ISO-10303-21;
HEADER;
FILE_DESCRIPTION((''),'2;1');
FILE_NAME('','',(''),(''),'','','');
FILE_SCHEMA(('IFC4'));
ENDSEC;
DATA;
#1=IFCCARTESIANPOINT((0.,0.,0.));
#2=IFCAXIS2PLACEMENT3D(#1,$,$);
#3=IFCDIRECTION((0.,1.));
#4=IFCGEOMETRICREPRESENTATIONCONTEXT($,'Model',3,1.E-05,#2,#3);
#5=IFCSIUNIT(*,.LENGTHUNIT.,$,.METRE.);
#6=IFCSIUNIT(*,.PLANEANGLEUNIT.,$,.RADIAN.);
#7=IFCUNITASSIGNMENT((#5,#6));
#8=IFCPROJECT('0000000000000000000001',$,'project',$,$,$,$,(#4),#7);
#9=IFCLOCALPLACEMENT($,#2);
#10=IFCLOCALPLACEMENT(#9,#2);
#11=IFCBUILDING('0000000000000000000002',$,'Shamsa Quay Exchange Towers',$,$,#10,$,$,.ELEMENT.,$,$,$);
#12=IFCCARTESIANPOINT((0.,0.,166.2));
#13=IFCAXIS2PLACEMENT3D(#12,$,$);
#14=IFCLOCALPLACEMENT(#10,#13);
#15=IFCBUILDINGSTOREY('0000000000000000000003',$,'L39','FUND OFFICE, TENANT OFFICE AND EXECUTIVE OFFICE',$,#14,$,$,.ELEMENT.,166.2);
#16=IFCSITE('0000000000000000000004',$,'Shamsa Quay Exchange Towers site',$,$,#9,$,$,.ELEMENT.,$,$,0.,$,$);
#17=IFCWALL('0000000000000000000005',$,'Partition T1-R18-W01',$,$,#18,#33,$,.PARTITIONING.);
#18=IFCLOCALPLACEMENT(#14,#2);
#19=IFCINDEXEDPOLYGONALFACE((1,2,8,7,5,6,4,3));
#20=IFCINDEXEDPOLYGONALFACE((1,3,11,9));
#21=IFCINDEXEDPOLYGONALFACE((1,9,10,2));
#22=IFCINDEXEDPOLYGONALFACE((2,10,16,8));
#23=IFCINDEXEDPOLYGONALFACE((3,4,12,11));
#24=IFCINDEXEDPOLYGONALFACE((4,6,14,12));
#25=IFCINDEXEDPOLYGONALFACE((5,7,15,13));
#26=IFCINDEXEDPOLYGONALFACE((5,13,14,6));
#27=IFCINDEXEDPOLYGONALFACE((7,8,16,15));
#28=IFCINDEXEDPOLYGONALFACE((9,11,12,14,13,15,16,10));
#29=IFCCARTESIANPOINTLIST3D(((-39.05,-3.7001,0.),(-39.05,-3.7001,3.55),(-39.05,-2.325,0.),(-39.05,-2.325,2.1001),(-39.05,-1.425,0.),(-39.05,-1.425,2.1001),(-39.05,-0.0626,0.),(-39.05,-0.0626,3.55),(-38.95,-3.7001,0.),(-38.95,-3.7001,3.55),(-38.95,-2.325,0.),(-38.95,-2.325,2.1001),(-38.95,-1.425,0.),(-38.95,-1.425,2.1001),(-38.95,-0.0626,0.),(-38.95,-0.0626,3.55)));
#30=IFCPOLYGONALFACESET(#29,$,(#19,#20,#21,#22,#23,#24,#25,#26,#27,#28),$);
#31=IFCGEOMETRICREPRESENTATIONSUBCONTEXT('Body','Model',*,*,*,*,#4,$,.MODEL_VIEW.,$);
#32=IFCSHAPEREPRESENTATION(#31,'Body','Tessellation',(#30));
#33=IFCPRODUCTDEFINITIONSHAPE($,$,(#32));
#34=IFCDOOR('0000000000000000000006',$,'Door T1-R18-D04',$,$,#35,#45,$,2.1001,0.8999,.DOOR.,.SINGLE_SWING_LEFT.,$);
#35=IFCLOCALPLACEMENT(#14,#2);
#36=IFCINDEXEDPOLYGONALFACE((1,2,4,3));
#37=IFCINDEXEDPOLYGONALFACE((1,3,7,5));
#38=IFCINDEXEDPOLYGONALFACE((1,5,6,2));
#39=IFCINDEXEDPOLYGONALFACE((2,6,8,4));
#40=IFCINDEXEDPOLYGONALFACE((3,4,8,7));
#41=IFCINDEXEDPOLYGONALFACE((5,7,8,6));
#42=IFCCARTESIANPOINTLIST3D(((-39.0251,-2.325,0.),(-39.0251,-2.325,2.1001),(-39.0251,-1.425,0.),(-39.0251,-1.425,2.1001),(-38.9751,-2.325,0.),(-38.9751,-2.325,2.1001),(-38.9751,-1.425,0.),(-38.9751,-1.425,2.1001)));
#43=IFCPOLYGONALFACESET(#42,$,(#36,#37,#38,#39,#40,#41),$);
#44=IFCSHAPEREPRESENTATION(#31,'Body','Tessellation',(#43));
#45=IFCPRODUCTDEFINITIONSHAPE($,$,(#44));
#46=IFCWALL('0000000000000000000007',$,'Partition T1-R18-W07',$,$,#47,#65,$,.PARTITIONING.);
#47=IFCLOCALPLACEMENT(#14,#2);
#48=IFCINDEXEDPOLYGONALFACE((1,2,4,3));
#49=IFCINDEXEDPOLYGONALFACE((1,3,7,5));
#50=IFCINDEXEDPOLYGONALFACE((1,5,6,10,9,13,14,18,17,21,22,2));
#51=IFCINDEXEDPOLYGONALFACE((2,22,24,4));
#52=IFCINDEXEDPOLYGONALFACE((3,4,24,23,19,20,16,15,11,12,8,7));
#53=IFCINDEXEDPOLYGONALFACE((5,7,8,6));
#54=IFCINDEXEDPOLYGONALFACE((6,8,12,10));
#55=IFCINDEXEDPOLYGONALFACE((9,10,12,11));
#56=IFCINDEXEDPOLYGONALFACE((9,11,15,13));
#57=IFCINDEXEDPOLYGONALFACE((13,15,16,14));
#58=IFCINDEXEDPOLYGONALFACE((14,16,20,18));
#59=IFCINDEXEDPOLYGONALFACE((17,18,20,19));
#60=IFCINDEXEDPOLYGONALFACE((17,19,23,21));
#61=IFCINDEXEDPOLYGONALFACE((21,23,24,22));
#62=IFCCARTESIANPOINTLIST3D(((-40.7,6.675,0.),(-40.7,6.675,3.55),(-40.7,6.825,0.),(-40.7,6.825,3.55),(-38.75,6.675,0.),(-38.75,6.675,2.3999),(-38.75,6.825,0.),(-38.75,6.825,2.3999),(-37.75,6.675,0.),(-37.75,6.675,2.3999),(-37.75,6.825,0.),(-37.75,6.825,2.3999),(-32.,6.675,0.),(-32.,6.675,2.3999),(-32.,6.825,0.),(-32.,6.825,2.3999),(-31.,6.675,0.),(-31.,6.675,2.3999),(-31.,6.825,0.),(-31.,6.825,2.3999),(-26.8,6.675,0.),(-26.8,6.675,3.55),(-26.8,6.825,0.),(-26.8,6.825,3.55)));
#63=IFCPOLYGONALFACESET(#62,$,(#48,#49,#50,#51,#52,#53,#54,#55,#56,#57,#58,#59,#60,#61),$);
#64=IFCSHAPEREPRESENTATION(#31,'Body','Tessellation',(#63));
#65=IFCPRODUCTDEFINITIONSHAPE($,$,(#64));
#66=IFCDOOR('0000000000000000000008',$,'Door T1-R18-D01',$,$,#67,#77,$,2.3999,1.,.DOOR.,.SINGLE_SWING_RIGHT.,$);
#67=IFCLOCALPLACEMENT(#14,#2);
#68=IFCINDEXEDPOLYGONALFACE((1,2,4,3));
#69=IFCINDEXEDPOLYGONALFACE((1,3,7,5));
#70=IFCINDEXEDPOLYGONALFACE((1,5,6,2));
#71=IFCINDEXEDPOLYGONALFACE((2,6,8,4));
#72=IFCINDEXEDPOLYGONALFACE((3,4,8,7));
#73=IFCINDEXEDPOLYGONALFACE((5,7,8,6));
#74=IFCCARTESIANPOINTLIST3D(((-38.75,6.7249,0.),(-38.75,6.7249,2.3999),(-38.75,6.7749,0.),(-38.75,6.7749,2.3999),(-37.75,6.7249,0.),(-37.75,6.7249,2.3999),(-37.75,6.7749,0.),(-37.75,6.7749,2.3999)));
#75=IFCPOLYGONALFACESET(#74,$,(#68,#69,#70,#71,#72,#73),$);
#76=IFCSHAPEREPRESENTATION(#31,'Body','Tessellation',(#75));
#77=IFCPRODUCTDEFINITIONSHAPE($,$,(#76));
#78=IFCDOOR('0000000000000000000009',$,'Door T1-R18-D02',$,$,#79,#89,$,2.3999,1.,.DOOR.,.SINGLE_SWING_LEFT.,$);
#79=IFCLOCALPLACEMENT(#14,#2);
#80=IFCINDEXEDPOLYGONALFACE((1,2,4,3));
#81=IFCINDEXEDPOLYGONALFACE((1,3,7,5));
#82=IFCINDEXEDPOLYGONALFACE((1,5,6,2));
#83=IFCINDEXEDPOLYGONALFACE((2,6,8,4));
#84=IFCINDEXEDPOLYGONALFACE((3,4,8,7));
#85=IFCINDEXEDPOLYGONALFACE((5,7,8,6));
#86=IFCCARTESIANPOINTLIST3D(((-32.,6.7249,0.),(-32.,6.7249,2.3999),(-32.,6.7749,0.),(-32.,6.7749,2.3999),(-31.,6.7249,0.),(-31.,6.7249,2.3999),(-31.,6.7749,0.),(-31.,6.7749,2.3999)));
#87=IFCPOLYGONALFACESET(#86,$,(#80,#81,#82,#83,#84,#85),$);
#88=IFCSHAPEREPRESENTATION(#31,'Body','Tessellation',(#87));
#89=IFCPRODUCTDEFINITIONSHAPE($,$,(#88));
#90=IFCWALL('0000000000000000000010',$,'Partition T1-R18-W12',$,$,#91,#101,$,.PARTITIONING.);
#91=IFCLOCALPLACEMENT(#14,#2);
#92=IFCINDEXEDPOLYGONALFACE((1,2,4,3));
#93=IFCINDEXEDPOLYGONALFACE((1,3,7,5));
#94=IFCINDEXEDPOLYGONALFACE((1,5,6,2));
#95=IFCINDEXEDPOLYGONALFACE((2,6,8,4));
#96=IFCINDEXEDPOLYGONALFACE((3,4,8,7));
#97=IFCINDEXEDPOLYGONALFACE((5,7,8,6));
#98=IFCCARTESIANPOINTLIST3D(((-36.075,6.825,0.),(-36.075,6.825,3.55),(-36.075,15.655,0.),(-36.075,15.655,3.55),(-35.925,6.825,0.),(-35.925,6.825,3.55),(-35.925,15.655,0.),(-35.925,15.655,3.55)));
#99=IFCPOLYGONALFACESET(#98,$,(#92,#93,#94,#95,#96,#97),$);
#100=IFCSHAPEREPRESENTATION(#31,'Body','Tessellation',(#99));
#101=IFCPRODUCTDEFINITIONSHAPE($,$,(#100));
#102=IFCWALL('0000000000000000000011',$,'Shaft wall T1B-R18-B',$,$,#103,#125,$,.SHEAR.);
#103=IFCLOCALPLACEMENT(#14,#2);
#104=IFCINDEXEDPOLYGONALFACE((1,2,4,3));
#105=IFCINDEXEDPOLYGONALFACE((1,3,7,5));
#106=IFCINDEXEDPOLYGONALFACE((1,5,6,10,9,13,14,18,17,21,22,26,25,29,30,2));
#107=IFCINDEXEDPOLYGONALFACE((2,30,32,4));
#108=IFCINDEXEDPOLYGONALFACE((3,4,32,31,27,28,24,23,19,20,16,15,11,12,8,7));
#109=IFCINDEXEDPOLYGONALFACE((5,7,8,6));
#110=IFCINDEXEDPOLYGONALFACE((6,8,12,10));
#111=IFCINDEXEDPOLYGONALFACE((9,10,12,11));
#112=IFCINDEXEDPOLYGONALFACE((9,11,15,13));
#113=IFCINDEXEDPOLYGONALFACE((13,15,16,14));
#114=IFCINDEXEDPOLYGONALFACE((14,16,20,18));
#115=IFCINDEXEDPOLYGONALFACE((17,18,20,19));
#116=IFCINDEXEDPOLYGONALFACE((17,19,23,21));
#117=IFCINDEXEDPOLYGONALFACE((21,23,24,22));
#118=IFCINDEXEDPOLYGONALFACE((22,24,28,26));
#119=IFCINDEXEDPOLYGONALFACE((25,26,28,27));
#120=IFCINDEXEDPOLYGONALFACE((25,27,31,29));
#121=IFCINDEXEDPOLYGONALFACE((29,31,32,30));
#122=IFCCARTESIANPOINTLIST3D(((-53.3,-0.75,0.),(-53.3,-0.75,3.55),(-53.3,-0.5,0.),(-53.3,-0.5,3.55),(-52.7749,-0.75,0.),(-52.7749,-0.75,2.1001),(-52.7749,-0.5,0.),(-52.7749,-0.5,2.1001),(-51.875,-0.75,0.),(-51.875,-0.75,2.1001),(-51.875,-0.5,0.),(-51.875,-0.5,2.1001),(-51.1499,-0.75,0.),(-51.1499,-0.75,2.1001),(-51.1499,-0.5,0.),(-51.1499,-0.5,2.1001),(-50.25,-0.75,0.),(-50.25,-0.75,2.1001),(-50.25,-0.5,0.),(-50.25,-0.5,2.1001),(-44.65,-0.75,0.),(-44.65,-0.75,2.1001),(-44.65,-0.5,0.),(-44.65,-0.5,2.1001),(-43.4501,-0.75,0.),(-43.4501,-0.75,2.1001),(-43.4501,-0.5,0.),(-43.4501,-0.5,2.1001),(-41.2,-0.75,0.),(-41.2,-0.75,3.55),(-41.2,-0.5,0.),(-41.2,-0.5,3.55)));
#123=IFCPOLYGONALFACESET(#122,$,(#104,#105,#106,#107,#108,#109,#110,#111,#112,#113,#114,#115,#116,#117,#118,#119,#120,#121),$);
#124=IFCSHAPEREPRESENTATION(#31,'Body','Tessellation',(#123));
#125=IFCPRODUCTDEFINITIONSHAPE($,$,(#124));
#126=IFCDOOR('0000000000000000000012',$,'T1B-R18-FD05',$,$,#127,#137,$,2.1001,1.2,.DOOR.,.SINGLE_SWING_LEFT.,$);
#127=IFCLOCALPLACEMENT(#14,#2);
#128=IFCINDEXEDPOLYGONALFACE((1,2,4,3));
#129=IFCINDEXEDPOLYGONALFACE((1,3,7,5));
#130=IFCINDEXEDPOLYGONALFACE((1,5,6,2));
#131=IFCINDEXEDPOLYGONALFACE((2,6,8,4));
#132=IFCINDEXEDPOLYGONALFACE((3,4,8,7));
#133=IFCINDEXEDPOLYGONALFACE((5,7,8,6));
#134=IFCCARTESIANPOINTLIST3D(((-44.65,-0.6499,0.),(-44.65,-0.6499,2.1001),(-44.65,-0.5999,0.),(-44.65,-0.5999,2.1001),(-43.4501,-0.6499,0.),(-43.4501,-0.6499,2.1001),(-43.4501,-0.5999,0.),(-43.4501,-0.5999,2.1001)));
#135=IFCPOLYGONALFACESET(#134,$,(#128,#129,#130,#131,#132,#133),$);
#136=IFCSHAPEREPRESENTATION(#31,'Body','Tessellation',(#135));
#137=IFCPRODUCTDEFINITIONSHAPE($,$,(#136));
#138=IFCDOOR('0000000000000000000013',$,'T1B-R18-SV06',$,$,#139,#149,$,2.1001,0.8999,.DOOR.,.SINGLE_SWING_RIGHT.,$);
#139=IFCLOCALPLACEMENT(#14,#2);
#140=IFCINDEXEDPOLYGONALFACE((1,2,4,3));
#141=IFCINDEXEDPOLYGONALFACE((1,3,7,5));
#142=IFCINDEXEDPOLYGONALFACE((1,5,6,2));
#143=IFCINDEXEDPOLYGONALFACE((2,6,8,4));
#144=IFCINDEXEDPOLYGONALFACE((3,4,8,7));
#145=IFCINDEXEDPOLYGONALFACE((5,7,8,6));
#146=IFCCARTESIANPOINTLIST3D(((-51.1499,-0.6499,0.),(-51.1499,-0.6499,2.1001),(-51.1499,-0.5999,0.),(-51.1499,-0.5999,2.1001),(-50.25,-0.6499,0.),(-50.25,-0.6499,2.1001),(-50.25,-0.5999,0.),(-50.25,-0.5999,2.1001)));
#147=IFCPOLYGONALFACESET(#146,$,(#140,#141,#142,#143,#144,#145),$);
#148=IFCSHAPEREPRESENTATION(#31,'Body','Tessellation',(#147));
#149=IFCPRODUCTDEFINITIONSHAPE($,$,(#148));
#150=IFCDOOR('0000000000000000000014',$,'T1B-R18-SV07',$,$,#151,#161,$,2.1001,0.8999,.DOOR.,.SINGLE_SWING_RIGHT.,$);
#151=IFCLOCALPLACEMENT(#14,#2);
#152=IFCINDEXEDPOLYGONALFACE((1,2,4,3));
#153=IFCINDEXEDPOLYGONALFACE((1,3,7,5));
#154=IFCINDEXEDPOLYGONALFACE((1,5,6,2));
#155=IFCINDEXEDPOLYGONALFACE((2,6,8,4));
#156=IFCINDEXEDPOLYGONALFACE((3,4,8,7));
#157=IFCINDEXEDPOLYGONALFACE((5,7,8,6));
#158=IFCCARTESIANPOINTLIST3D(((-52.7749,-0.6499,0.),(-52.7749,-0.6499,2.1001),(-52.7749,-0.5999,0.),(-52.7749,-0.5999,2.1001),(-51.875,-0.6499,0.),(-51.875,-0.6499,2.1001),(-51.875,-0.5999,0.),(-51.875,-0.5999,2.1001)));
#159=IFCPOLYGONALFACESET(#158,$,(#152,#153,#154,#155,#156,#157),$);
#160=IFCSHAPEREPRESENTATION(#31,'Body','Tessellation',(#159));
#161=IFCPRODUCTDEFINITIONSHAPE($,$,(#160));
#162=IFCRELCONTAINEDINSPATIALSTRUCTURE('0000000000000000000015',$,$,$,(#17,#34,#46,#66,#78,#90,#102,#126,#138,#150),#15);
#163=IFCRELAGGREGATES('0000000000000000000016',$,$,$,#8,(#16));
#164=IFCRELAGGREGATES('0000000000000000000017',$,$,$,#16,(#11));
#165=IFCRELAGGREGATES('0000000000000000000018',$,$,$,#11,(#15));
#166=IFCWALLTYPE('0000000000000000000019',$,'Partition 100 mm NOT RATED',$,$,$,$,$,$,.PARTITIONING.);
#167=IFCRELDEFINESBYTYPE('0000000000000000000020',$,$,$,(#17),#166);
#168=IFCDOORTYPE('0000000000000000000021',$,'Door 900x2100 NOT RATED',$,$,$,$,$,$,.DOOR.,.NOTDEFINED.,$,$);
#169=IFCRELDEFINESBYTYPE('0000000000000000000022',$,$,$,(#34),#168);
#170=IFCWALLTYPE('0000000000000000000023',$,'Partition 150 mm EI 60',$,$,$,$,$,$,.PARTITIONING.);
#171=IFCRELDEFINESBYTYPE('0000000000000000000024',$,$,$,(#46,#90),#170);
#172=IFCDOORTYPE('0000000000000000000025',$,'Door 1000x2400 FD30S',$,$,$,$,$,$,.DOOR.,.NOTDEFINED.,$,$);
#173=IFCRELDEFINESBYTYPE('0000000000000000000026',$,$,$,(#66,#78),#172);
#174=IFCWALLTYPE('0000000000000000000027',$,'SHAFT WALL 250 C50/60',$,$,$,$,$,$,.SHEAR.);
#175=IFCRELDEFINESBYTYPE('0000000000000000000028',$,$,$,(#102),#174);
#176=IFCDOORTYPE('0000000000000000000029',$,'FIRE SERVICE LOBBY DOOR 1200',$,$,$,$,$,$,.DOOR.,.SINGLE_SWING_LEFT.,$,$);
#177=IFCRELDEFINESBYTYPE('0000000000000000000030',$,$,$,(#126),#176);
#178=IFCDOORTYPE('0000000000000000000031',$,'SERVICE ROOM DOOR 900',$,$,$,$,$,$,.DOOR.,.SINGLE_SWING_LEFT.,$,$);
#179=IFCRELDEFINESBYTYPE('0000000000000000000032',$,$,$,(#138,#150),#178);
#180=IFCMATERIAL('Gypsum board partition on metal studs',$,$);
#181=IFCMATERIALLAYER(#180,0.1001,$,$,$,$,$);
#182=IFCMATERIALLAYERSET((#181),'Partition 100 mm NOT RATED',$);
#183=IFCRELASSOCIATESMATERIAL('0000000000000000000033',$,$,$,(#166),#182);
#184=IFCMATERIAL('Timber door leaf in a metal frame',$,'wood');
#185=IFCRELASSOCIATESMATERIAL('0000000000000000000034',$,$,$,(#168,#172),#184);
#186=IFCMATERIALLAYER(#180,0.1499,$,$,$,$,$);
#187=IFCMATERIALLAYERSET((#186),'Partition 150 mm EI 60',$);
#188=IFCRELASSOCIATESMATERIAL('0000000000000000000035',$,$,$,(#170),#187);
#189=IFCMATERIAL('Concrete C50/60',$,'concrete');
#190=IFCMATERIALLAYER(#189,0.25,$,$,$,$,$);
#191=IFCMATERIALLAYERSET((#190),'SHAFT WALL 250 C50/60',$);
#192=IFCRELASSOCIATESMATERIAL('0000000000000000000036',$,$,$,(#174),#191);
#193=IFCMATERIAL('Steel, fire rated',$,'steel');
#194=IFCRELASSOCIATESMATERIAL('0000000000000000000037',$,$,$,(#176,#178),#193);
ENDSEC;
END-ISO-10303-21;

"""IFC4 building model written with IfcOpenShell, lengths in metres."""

from ifc_helpers import new_model, si_unit, direction, frame, frame_2d, origin, place, context, subcontext, project, spatial, rectangle, extrude, material, layer, layer_set, type_object, element, fill, save


model = new_model("IFC4")

# Units and contexts
model_context = context("Model", 3, precision=1e-05, world=origin(), true_north=direction((0.0, 1.0)))
body_context = subcontext(model_context, "Body", "Model", "MODEL_VIEW")
ifc_project = project(units=[si_unit("LENGTHUNIT", "METRE"), si_unit("PLANEANGLEUNIT", "RADIAN")], contexts=[model_context])

# Site, building, storey
site_placement = place(None, origin())
site = spatial("IfcSite", under=ifc_project, at=site_placement, Name="Shamsa Quay Exchange Towers site", CompositionType="ELEMENT", RefElevation=0.0)
building_placement = place(site_placement, origin())
building = spatial("IfcBuilding", under=site, at=building_placement, Name="Shamsa Quay Exchange Towers", CompositionType="ELEMENT")
storey_placement = place(building_placement, frame((0.0, 0.0, 166.2)))
storey = spatial("IfcBuildingStorey", under=building, at=storey_placement, Name="L39", Description="FUND OFFICE, TENANT OFFICE AND EXECUTIVE OFFICE", CompositionType="ELEMENT", Elevation=166.2)

# Wall, opening, door
ifc_material_1 = material(Name="Gypsum board partition on metal studs")
ifc_layer_1 = layer(ifc_material_1, 0.1001)
ifc_layer_set_1 = layer_set([ifc_layer_1], Name="Partition 100 mm NOT RATED")
wall_type_1 = type_object("IfcWallType", Name="Partition 100 mm NOT RATED", PredefinedType="PARTITIONING", material=ifc_layer_set_1)
wall_1_placement = place(storey_placement, frame((-39.0, -0.0625, 0.0), z_axis=(0.0, 0.0, 1.0), x_axis=(0.0, -1.0, 0.0)))
wall_1 = element("IfcWall", 1, at=wall_1_placement, inside=storey, type_object=wall_type_1, Name="Partition T1-R18-W01", PredefinedType="PARTITIONING", context=body_context, shape_type="SweptSolid", body=[
    extrude(rectangle(XDim=3.6375, YDim=0.1001, at=frame_2d((1.8188, 0.0))), origin(), (0.0, 0.0, 1.0), 3.55),
])
opening_1_placement = place(wall_1_placement, frame((1.3625, 0.0, 0.0)))
opening_1 = element("IfcOpeningElement", 2, at=opening_1_placement, cuts=wall_1, PredefinedType="OPENING", context=body_context, shape_type="SweptSolid", body=[
    extrude(rectangle(XDim=0.8999, YDim=2.1001, at=frame_2d((0.45, 1.05))), frame((0.0, 0.0601, 0.0), z_axis=(0.0, -1.0, 0.0), x_axis=(1.0, 0.0, 0.0)), (0.0, 0.0, 1.0), 0.1201),
])
ifc_material_2 = material(Name="Timber door leaf in a metal frame", Category="wood")
door_type_1 = type_object("IfcDoorType", Name="Door 900x2100 NOT RATED", OperationType="NOTDEFINED", PredefinedType="DOOR", material=ifc_material_2)
door_1_placement = place(opening_1_placement, origin())
door_1 = element("IfcDoor", 3, at=door_1_placement, inside=storey, type_object=door_type_1, Name="Door T1-R18-D04", OperationType="SINGLE_SWING_LEFT", OverallHeight=2.1001, OverallWidth=0.8999, PredefinedType="DOOR", context=body_context, shape_type="SweptSolid", body=[
    extrude(rectangle(XDim=0.8999, YDim=2.1001, at=frame_2d((0.45, 1.05))), frame((0.0, 0.0249, 0.0), z_axis=(0.0, -1.0, 0.0), x_axis=(1.0, 0.0, 0.0)), (0.0, 0.0, 1.0), 0.05),
])
fill(opening_1, door_1)

# Wall, openings, doors
ifc_layer_2 = layer(ifc_material_1, 0.1499)
ifc_layer_set_2 = layer_set([ifc_layer_2], Name="Partition 150 mm EI 60")
wall_type_2 = type_object("IfcWallType", Name="Partition 150 mm EI 60", PredefinedType="PARTITIONING", material=ifc_layer_set_2)
wall_2_placement = place(storey_placement, frame((-40.7, 6.75, 0.0)))
wall_2 = element("IfcWall", 4, at=wall_2_placement, inside=storey, type_object=wall_type_2, Name="Partition T1-R18-W07", PredefinedType="PARTITIONING", context=body_context, shape_type="SweptSolid", body=[
    extrude(rectangle(XDim=13.8999, YDim=0.1499, at=frame_2d((6.95, 0.0))), origin(), (0.0, 0.0, 1.0), 3.55),
])
opening_2_placement = place(wall_2_placement, frame((1.95, 0.0, 0.0)))
opening_2 = element("IfcOpeningElement", 5, at=opening_2_placement, cuts=wall_2, PredefinedType="OPENING", context=body_context, shape_type="SweptSolid", body=[
    extrude(rectangle(XDim=1.0, YDim=2.3999, at=frame_2d((0.5, 1.2))), frame((0.0, 0.085, 0.0), z_axis=(0.0, -1.0, 0.0), x_axis=(1.0, 0.0, 0.0)), (0.0, 0.0, 1.0), 0.1699),
])
opening_3_placement = place(wall_2_placement, frame((8.7, 0.0, 0.0)))
opening_3 = element("IfcOpeningElement", 6, at=opening_3_placement, cuts=wall_2, PredefinedType="OPENING", context=body_context, shape_type="SweptSolid", body=[
    extrude(rectangle(XDim=1.0, YDim=2.3999, at=frame_2d((0.5, 1.2))), frame((0.0, 0.085, 0.0), z_axis=(0.0, -1.0, 0.0), x_axis=(1.0, 0.0, 0.0)), (0.0, 0.0, 1.0), 0.1699),
])
door_type_2 = type_object("IfcDoorType", Name="Door 1000x2400 FD30S", OperationType="NOTDEFINED", PredefinedType="DOOR", material=ifc_material_2)
door_2_placement = place(opening_2_placement, origin())
door_2 = element("IfcDoor", 7, at=door_2_placement, inside=storey, type_object=door_type_2, Name="Door T1-R18-D01", OperationType="SINGLE_SWING_RIGHT", OverallHeight=2.3999, OverallWidth=1.0, PredefinedType="DOOR", context=body_context, shape_type="SweptSolid", body=[
    extrude(rectangle(XDim=1.0, YDim=2.3999, at=frame_2d((0.5, 1.2))), frame((0.0, 0.0249, 0.0), z_axis=(0.0, -1.0, 0.0), x_axis=(1.0, 0.0, 0.0)), (0.0, 0.0, 1.0), 0.05),
])
fill(opening_2, door_2)
door_3_placement = place(opening_3_placement, origin())
door_3 = element("IfcDoor", 8, at=door_3_placement, inside=storey, type_object=door_type_2, Name="Door T1-R18-D02", OperationType="SINGLE_SWING_LEFT", OverallHeight=2.3999, OverallWidth=1.0, PredefinedType="DOOR", context=body_context, shape_type="SweptSolid", body=[
    extrude(rectangle(XDim=1.0, YDim=2.3999, at=frame_2d((0.5, 1.2))), frame((0.0, 0.0249, 0.0), z_axis=(0.0, -1.0, 0.0), x_axis=(1.0, 0.0, 0.0)), (0.0, 0.0, 1.0), 0.05),
])
fill(opening_3, door_3)

# Wall
wall_3_placement = place(storey_placement, frame((-36.0, 6.825, 0.0), z_axis=(0.0, 0.0, 1.0), x_axis=(0.0, 1.0, 0.0)))
element("IfcWall", 9, at=wall_3_placement, inside=storey, type_object=wall_type_2, Name="Partition T1-R18-W12", PredefinedType="PARTITIONING", context=body_context, shape_type="SweptSolid", body=[
    extrude(rectangle(XDim=8.8301, YDim=0.1499, at=frame_2d((4.415, 0.0))), origin(), (0.0, 0.0, 1.0), 3.55),
])

# Wall, openings, doors
ifc_material_3 = material(Name="Concrete C50/60", Category="concrete")
ifc_layer_3 = layer(ifc_material_3, 0.25)
ifc_layer_set_3 = layer_set([ifc_layer_3], Name="SHAFT WALL 250 C50/60")
wall_type_3 = type_object("IfcWallType", Name="SHAFT WALL 250 C50/60", PredefinedType="SHEAR", material=ifc_layer_set_3)
wall_4_placement = place(storey_placement, frame((-41.2, -0.625, 0.0), z_axis=(0.0, 0.0, 1.0), x_axis=(-1.0, 0.0, 0.0)))
wall_4 = element("IfcWall", 10, at=wall_4_placement, inside=storey, type_object=wall_type_3, Name="Shaft wall T1B-R18-B", PredefinedType="SHEAR", context=body_context, shape_type="SweptSolid", body=[
    extrude(rectangle(XDim=12.1001, YDim=0.25, at=frame_2d((6.05, 0.0))), origin(), (0.0, 0.0, 1.0), 3.55),
])
opening_4_placement = place(wall_4_placement, frame((2.25, 0.0, 0.0)))
opening_4 = element("IfcOpeningElement", 11, at=opening_4_placement, cuts=wall_4, PredefinedType="OPENING", context=body_context, shape_type="SweptSolid", body=[
    extrude(rectangle(XDim=1.2, YDim=2.1001, at=frame_2d((0.6001, 1.05))), frame((0.0, 0.135, 0.0), z_axis=(0.0, -1.0, 0.0), x_axis=(1.0, 0.0, 0.0)), (0.0, 0.0, 1.0), 0.27),
])
opening_5_placement = place(wall_4_placement, frame((9.05, 0.0, 0.0)))
opening_5 = element("IfcOpeningElement", 12, at=opening_5_placement, cuts=wall_4, PredefinedType="OPENING", context=body_context, shape_type="SweptSolid", body=[
    extrude(rectangle(XDim=0.8999, YDim=2.1001, at=frame_2d((0.45, 1.05))), frame((0.0, 0.135, 0.0), z_axis=(0.0, -1.0, 0.0), x_axis=(1.0, 0.0, 0.0)), (0.0, 0.0, 1.0), 0.27),
])
opening_6_placement = place(wall_4_placement, frame((10.675, 0.0, 0.0)))
opening_6 = element("IfcOpeningElement", 13, at=opening_6_placement, cuts=wall_4, PredefinedType="OPENING", context=body_context, shape_type="SweptSolid", body=[
    extrude(rectangle(XDim=0.8999, YDim=2.1001, at=frame_2d((0.45, 1.05))), frame((0.0, 0.135, 0.0), z_axis=(0.0, -1.0, 0.0), x_axis=(1.0, 0.0, 0.0)), (0.0, 0.0, 1.0), 0.27),
])
ifc_material_4 = material(Name="Steel, fire rated", Category="steel")
door_type_3 = type_object("IfcDoorType", Name="FIRE SERVICE LOBBY DOOR 1200", OperationType="SINGLE_SWING_LEFT", PredefinedType="DOOR", material=ifc_material_4)
door_4_placement = place(opening_4_placement, origin())
door_4 = element("IfcDoor", 14, at=door_4_placement, inside=storey, type_object=door_type_3, Name="T1B-R18-FD05", OperationType="SINGLE_SWING_LEFT", OverallHeight=2.1001, OverallWidth=1.2, PredefinedType="DOOR", context=body_context, shape_type="SweptSolid", body=[
    extrude(rectangle(XDim=1.2, YDim=2.1001, at=frame_2d((0.6001, 1.05))), frame((0.0, 0.0249, 0.0), z_axis=(0.0, -1.0, 0.0), x_axis=(1.0, 0.0, 0.0)), (0.0, 0.0, 1.0), 0.05),
])
fill(opening_4, door_4)
door_type_4 = type_object("IfcDoorType", Name="SERVICE ROOM DOOR 900", OperationType="SINGLE_SWING_LEFT", PredefinedType="DOOR", material=ifc_material_4)
door_5_placement = place(opening_5_placement, origin())
door_5 = element("IfcDoor", 15, at=door_5_placement, inside=storey, type_object=door_type_4, Name="T1B-R18-SV06", OperationType="SINGLE_SWING_RIGHT", OverallHeight=2.1001, OverallWidth=0.8999, PredefinedType="DOOR", context=body_context, shape_type="SweptSolid", body=[
    extrude(rectangle(XDim=0.8999, YDim=2.1001, at=frame_2d((0.45, 1.05))), frame((0.0, 0.0249, 0.0), z_axis=(0.0, -1.0, 0.0), x_axis=(1.0, 0.0, 0.0)), (0.0, 0.0, 1.0), 0.05),
])
fill(opening_5, door_5)
door_6_placement = place(opening_6_placement, origin())
door_6 = element("IfcDoor", 16, at=door_6_placement, inside=storey, type_object=door_type_4, Name="T1B-R18-SV07", OperationType="SINGLE_SWING_RIGHT", OverallHeight=2.1001, OverallWidth=0.8999, PredefinedType="DOOR", context=body_context, shape_type="SweptSolid", body=[
    extrude(rectangle(XDim=0.8999, YDim=2.1001, at=frame_2d((0.45, 1.05))), frame((0.0, 0.0249, 0.0), z_axis=(0.0, -1.0, 0.0), x_axis=(1.0, 0.0, 0.0)), (0.0, 0.0, 1.0), 0.05),
])
fill(opening_6, door_6)

save(model, "model.ifc")
